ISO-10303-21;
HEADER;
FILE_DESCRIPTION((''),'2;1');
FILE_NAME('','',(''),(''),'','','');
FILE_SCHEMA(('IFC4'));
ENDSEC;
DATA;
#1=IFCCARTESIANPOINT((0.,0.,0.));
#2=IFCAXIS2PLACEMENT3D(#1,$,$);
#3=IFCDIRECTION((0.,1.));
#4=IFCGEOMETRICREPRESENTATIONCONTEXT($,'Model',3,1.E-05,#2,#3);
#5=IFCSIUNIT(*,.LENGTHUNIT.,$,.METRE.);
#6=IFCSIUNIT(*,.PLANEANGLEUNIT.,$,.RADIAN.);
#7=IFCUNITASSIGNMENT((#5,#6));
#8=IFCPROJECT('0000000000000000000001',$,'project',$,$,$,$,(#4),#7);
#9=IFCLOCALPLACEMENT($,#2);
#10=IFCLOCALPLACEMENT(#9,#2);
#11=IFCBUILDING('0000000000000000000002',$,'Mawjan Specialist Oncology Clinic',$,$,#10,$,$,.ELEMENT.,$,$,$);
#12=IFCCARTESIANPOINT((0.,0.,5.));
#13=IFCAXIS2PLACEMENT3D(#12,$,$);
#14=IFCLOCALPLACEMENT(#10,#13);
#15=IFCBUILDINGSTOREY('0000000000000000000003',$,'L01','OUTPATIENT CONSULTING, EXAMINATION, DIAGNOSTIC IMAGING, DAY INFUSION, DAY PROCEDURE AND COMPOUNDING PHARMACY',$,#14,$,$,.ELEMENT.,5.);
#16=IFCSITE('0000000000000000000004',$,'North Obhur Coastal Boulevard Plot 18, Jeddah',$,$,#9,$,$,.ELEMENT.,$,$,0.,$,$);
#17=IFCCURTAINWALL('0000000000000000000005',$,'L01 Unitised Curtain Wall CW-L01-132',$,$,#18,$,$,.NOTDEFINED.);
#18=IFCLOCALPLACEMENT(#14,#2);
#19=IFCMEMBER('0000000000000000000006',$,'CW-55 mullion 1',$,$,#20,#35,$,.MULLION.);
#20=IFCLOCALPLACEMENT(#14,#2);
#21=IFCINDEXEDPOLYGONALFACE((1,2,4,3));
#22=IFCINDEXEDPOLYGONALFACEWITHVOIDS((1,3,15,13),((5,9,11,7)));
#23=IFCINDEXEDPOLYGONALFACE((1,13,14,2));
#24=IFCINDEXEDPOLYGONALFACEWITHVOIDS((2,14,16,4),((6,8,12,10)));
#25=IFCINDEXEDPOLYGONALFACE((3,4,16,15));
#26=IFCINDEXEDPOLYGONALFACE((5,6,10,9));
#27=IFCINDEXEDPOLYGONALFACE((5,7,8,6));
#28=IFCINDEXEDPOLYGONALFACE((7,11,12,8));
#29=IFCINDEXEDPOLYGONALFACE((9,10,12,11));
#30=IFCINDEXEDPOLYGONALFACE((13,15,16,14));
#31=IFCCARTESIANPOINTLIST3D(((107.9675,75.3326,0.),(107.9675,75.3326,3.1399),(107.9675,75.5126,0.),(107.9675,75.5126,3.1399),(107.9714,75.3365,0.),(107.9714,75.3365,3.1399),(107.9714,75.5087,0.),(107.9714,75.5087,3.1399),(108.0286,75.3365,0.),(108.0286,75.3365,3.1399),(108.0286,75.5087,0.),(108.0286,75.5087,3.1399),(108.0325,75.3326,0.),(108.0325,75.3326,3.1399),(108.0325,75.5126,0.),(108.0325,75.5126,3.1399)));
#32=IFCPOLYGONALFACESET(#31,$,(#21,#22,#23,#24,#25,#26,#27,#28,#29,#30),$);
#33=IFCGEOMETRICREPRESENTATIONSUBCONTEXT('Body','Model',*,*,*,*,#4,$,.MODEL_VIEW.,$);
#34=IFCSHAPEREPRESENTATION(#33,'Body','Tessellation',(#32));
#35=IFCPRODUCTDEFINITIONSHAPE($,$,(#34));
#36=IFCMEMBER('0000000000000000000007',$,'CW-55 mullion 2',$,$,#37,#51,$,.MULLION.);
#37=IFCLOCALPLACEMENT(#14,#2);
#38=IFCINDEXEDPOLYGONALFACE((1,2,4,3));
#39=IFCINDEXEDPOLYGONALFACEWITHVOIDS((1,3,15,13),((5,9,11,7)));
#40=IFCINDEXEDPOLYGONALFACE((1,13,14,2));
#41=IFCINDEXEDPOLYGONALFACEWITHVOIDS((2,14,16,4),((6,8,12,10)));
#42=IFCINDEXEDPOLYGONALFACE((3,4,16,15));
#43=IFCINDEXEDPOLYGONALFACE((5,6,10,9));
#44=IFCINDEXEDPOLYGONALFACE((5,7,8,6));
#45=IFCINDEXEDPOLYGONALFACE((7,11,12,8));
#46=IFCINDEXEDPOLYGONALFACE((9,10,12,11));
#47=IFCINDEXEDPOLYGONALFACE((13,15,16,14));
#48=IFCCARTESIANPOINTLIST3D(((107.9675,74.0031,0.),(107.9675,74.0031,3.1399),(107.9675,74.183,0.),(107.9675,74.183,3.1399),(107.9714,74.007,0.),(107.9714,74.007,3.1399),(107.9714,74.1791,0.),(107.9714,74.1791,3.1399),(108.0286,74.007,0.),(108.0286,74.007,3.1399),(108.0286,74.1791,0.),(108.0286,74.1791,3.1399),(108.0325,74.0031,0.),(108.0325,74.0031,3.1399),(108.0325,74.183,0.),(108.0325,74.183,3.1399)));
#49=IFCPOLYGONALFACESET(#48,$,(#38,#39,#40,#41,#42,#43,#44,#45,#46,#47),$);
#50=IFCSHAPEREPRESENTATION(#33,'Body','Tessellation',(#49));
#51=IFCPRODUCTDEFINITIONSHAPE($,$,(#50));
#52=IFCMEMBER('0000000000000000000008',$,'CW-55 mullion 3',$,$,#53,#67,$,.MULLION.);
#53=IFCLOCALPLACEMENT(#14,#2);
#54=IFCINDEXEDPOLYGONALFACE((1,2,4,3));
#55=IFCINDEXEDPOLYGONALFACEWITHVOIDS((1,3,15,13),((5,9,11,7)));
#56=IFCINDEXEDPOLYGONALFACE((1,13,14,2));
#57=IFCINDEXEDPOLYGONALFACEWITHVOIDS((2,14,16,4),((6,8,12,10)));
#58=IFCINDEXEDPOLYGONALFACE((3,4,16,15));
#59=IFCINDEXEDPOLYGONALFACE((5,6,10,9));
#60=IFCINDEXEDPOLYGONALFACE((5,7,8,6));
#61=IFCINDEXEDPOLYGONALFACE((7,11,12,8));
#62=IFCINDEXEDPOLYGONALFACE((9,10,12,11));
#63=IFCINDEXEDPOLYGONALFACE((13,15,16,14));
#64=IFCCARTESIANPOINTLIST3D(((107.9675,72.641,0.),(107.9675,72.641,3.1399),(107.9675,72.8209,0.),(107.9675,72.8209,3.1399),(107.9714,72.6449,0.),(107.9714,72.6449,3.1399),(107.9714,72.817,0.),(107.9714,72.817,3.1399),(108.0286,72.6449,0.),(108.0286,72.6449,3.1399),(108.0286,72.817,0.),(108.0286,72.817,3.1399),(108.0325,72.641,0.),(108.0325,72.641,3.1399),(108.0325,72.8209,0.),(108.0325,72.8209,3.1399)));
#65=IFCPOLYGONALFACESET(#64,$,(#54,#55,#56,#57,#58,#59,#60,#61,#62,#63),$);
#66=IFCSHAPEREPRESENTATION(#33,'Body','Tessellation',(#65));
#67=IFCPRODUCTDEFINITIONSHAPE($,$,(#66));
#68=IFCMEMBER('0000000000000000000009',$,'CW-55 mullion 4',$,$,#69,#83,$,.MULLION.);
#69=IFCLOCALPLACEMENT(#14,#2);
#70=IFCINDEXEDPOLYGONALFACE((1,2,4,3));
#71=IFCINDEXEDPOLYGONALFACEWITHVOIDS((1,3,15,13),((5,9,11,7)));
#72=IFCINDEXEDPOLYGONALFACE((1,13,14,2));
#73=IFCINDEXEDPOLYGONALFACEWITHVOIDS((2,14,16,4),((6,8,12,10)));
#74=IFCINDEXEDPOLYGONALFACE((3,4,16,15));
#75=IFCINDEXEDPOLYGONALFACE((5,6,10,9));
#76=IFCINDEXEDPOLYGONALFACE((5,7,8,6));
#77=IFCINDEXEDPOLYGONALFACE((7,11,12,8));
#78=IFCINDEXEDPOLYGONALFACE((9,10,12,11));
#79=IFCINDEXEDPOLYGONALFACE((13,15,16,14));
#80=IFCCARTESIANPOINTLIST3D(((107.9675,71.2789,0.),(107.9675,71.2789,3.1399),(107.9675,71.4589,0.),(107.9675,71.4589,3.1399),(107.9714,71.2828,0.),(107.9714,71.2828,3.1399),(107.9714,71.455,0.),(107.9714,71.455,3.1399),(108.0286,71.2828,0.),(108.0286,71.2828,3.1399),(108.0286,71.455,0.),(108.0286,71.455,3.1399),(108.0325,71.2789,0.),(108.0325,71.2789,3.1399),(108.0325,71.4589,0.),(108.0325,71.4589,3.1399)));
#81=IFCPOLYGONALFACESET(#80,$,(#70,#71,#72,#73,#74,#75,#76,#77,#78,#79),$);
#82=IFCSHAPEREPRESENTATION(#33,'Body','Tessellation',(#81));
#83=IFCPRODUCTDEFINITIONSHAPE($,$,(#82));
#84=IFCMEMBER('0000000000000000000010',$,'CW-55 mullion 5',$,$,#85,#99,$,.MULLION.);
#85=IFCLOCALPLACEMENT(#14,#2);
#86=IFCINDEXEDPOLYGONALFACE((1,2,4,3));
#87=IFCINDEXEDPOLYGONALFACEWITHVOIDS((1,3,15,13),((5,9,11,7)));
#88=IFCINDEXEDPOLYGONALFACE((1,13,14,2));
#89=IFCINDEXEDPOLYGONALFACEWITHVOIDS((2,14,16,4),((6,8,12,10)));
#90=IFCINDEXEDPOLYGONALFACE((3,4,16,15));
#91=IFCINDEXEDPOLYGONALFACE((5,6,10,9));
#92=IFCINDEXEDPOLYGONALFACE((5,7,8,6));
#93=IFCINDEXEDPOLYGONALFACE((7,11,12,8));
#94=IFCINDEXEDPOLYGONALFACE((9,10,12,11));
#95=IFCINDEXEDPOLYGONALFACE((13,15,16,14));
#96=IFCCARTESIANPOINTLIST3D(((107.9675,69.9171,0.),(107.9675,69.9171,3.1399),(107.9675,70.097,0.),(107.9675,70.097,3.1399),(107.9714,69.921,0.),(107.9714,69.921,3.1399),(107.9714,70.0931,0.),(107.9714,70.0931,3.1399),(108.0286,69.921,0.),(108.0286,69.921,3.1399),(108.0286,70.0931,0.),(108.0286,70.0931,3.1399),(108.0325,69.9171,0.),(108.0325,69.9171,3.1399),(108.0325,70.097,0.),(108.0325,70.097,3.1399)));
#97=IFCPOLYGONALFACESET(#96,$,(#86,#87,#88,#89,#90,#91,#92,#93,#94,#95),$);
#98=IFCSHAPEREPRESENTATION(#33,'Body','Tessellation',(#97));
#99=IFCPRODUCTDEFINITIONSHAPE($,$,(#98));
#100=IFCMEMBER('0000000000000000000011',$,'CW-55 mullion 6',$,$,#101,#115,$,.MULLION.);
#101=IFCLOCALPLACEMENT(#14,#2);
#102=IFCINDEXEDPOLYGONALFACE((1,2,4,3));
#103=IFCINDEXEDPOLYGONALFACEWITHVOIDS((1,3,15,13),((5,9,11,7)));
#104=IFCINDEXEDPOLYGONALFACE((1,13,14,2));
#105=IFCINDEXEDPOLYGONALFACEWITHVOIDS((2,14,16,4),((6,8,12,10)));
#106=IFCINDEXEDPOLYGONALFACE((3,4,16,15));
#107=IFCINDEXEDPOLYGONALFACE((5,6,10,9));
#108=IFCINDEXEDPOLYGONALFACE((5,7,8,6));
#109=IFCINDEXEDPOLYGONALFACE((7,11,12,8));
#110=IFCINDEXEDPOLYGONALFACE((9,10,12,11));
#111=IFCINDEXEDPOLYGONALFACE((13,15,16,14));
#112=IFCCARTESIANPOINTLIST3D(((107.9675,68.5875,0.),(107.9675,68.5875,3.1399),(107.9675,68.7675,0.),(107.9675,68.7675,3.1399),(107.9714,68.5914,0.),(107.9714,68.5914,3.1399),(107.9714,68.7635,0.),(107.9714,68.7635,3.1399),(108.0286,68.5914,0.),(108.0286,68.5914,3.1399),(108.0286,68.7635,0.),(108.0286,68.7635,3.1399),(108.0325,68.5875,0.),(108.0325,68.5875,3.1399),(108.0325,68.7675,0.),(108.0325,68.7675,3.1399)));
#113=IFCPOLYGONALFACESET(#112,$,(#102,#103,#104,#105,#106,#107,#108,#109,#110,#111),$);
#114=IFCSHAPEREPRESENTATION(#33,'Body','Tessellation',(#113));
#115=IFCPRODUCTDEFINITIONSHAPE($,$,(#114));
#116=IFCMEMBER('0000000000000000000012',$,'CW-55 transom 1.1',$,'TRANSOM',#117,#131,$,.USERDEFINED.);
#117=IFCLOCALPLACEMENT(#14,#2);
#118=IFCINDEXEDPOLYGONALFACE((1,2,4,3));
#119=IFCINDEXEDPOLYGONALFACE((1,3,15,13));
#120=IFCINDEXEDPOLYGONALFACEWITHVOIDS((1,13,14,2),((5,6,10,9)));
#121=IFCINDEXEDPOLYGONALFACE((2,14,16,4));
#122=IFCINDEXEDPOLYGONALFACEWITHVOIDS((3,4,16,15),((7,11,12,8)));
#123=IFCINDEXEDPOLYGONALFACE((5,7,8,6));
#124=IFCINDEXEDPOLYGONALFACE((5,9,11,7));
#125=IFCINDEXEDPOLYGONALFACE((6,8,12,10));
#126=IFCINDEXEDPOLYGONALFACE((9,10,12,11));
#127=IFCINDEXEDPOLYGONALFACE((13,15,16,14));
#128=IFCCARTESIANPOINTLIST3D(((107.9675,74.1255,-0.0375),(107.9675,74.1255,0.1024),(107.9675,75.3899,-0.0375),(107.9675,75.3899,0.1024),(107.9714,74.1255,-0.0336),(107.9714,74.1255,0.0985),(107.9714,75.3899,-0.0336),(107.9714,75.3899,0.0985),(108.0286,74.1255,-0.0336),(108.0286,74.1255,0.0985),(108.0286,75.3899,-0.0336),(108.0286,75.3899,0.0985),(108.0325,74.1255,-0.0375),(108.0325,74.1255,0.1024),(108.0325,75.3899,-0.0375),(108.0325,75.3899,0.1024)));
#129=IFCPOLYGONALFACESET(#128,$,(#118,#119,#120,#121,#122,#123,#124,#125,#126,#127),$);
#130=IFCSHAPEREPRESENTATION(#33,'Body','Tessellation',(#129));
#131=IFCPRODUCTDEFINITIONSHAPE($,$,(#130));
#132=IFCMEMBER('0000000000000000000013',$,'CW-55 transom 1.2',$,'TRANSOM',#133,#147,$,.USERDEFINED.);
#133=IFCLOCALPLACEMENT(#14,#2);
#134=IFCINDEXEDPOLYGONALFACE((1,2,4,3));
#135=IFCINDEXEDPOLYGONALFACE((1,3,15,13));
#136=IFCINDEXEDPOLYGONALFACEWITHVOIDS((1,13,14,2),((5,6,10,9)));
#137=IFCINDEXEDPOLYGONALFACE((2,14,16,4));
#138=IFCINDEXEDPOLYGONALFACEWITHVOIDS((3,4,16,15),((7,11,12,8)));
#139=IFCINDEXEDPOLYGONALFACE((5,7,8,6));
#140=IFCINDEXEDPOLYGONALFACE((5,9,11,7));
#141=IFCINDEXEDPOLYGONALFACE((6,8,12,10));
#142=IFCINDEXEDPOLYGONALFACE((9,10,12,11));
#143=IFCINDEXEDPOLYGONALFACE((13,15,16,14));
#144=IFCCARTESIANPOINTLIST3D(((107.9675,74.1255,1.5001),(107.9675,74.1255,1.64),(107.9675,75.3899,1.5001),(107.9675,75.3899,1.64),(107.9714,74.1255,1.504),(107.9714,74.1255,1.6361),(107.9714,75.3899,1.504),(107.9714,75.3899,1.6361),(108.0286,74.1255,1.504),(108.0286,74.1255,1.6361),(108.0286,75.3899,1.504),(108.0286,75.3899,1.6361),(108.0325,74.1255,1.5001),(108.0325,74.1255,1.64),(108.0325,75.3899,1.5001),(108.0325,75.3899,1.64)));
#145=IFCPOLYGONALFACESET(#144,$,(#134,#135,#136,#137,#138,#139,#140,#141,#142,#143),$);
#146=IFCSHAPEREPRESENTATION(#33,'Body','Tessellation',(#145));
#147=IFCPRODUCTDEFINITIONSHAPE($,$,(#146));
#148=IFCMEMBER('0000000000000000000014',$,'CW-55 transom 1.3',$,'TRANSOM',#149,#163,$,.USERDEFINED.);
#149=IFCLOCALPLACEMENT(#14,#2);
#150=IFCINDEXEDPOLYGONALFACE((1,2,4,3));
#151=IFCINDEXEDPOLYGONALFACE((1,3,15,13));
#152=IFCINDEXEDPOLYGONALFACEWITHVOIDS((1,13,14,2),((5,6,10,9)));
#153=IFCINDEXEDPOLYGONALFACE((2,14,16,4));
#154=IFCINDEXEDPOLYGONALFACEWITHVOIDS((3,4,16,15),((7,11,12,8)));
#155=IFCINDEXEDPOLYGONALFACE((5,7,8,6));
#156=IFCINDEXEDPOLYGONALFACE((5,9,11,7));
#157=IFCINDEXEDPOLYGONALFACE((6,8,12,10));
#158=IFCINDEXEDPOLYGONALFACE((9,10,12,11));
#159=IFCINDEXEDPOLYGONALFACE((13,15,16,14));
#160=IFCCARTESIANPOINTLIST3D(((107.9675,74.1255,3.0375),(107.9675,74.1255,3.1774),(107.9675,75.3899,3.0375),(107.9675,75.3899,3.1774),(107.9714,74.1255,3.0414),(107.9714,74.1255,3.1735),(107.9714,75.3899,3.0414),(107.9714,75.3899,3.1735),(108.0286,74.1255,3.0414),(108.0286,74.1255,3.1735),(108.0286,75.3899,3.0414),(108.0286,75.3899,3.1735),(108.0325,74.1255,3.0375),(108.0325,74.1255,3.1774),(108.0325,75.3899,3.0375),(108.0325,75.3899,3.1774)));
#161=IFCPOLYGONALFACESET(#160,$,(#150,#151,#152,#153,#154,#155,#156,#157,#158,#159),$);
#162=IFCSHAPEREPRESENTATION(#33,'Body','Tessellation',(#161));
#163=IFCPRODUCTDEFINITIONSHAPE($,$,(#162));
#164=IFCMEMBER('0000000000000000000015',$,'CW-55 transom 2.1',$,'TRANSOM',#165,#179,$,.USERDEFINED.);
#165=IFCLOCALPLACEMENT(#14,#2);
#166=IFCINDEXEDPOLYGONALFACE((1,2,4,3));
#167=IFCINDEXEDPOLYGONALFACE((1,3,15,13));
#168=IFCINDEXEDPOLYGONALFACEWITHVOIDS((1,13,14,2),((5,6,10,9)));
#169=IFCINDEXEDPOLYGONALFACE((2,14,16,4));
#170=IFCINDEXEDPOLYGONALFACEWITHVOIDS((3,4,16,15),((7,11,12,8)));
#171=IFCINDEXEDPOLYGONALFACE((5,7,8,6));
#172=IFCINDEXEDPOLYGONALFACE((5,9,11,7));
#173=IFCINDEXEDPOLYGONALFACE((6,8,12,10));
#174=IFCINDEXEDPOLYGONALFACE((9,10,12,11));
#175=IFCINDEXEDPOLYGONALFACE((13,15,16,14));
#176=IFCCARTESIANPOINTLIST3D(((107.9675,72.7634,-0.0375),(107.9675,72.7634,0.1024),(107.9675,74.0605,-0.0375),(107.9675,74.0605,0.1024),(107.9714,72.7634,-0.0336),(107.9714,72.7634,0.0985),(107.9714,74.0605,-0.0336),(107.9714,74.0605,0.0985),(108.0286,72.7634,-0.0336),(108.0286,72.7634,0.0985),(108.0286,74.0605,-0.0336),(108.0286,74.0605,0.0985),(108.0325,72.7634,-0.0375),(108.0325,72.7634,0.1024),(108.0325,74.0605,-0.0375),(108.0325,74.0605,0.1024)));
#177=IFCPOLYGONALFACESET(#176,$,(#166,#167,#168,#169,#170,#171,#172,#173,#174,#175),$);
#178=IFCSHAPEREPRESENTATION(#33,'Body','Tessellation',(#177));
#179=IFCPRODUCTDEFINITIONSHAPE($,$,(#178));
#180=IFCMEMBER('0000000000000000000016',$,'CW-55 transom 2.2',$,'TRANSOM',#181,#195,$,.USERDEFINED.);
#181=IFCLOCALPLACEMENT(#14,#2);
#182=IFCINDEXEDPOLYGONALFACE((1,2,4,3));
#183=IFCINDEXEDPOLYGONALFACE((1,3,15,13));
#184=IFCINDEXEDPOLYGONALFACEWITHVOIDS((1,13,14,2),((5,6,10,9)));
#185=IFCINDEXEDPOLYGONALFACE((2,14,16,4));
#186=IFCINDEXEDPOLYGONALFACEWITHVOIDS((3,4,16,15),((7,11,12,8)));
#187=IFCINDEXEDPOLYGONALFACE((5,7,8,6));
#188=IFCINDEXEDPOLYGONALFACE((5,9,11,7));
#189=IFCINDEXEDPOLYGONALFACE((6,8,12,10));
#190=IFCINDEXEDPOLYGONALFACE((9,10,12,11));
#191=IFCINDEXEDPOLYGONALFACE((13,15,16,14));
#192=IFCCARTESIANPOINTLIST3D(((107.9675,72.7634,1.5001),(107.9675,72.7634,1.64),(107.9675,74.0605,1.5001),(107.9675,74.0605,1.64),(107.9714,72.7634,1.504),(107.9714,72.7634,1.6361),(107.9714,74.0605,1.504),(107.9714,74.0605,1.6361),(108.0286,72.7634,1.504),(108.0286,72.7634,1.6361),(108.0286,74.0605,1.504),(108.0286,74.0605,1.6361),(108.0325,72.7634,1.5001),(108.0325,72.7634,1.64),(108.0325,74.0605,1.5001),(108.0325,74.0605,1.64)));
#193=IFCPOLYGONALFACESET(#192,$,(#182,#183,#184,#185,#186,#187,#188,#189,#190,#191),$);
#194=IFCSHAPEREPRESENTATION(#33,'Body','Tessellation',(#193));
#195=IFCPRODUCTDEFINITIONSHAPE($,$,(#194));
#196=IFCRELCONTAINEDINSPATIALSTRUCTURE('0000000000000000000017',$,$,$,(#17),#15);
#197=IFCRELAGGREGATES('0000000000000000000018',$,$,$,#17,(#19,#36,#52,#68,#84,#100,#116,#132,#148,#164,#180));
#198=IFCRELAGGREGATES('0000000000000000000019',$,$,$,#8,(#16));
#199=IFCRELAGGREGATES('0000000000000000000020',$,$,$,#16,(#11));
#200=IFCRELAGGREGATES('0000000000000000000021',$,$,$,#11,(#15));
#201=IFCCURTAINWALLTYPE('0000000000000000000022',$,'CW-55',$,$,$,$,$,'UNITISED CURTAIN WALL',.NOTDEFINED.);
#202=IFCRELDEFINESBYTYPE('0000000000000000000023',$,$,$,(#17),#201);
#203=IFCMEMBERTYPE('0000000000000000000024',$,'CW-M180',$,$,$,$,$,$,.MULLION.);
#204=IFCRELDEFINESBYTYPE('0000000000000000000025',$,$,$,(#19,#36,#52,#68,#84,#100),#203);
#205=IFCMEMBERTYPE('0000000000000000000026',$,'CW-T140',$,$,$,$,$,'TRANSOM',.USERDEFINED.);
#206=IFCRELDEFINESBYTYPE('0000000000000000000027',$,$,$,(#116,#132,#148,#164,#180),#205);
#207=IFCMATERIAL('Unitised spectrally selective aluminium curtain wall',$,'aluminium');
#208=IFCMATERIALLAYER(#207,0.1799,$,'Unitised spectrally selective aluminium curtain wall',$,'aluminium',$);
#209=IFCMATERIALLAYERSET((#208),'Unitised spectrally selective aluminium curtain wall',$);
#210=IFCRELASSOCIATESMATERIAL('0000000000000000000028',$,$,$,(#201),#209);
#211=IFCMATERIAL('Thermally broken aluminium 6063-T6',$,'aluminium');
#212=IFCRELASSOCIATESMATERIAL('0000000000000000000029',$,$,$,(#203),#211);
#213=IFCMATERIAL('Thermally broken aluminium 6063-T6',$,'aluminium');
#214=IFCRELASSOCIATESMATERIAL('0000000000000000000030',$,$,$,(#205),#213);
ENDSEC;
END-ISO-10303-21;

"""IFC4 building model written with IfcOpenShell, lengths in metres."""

from ifc_helpers import new_model, si_unit, direction, frame, origin, origin_2d, place, context, subcontext, project, spatial, hollow_rectangle, extrude, material, layer, layer_set, material_profile, profile_set, type_object, element, aggregate, save


model = new_model("IFC4")

# Units and contexts
model_context = context("Model", 3, precision=1e-05, world=origin(), true_north=direction((0.0, 1.0)))
body_context = subcontext(model_context, "Body", "Model", "MODEL_VIEW")
ifc_project = project(units=[si_unit("LENGTHUNIT", "METRE"), si_unit("PLANEANGLEUNIT", "RADIAN")], contexts=[model_context])

# Site, building, storey
site_placement = place(None, origin())
site = spatial("IfcSite", under=ifc_project, at=site_placement, Name="North Obhur Coastal Boulevard Plot 18, Jeddah", CompositionType="ELEMENT", RefElevation=0.0)
building_placement = place(site_placement, origin())
building = spatial("IfcBuilding", under=site, at=building_placement, Name="Mawjan Specialist Oncology Clinic", CompositionType="ELEMENT")
storey_placement = place(building_placement, frame((0.0, 0.0, 5.0)))
storey = spatial("IfcBuildingStorey", under=building, at=storey_placement, Name="L01", Description="OUTPATIENT CONSULTING, EXAMINATION, DIAGNOSTIC IMAGING, DAY INFUSION, DAY PROCEDURE AND COMPOUNDING PHARMACY", CompositionType="ELEMENT", Elevation=5.0)

# Curtain wall, members
ifc_material_1 = material(Name="Unitised spectrally selective aluminium curtain wall", Category="aluminium")
ifc_layer_1 = layer(ifc_material_1, 0.1799, Name="Unitised spectrally selective aluminium curtain wall", Category="aluminium")
ifc_layer_set_1 = layer_set([ifc_layer_1], Name="Unitised spectrally selective aluminium curtain wall")
curtain_wall_type = type_object("IfcCurtainWallType", Name="CW-55", ElementType="UNITISED CURTAIN WALL", PredefinedType="NOTDEFINED", material=ifc_layer_set_1)
curtain_wall_placement = place(storey_placement, origin())
curtain_wall = element("IfcCurtainWall", 1, at=curtain_wall_placement, inside=storey, type_object=curtain_wall_type, Name="L01 Unitised Curtain Wall CW-L01-132", PredefinedType="NOTDEFINED")
ifc_material_2 = material(Name="Thermally broken aluminium 6063-T6", Category="aluminium")
ifc_material_profile_1 = material_profile(ifc_material_2, hollow_rectangle(XDim=0.0649, YDim=0.1799, WallThickness=0.0039, at=origin_2d()), Name="ALU MULLION 180x65x4", Category="aluminium")
ifc_profile_set_1 = profile_set([ifc_material_profile_1], Name="Thermally broken aluminium 6063-T6")
member_type_1 = type_object("IfcMemberType", Name="CW-M180", PredefinedType="MULLION", material=ifc_profile_set_1)
member_1_placement = place(storey_placement, frame((108.0, 75.4226, 0.0), z_axis=(0.0, 0.0, 1.0), x_axis=(1.0, 0.0, 0.0)))
member_1 = element("IfcMember", 2, at=member_1_placement, type_object=member_type_1, Name="CW-55 mullion 1", PredefinedType="MULLION", context=body_context, shape_type="SweptSolid", body=[
    extrude(hollow_rectangle(XDim=0.0649, YDim=0.1799, WallThickness=0.0039, at=origin_2d()), origin(), (0.0, 0.0, 1.0), 3.1399),
])
member_2_placement = place(storey_placement, frame((108.0, 74.093, 0.0), z_axis=(0.0, 0.0, 1.0), x_axis=(1.0, 0.0, 0.0)))
member_2 = element("IfcMember", 3, at=member_2_placement, type_object=member_type_1, Name="CW-55 mullion 2", PredefinedType="MULLION", context=body_context, shape_type="SweptSolid", body=[
    extrude(hollow_rectangle(XDim=0.0649, YDim=0.1799, WallThickness=0.0039, at=origin_2d()), origin(), (0.0, 0.0, 1.0), 3.1399),
])
member_3_placement = place(storey_placement, frame((108.0, 72.731, 0.0), z_axis=(0.0, 0.0, 1.0), x_axis=(1.0, 0.0, 0.0)))
member_3 = element("IfcMember", 4, at=member_3_placement, type_object=member_type_1, Name="CW-55 mullion 3", PredefinedType="MULLION", context=body_context, shape_type="SweptSolid", body=[
    extrude(hollow_rectangle(XDim=0.0649, YDim=0.1799, WallThickness=0.0039, at=origin_2d()), origin(), (0.0, 0.0, 1.0), 3.1399),
])
member_4_placement = place(storey_placement, frame((108.0, 71.3689, 0.0), z_axis=(0.0, 0.0, 1.0), x_axis=(1.0, 0.0, 0.0)))
member_4 = element("IfcMember", 5, at=member_4_placement, type_object=member_type_1, Name="CW-55 mullion 4", PredefinedType="MULLION", context=body_context, shape_type="SweptSolid", body=[
    extrude(hollow_rectangle(XDim=0.0649, YDim=0.1799, WallThickness=0.0039, at=origin_2d()), origin(), (0.0, 0.0, 1.0), 3.1399),
])
member_5_placement = place(storey_placement, frame((108.0, 70.0071, 0.0), z_axis=(0.0, 0.0, 1.0), x_axis=(1.0, 0.0, 0.0)))
member_5 = element("IfcMember", 6, at=member_5_placement, type_object=member_type_1, Name="CW-55 mullion 5", PredefinedType="MULLION", context=body_context, shape_type="SweptSolid", body=[
    extrude(hollow_rectangle(XDim=0.0649, YDim=0.1799, WallThickness=0.0039, at=origin_2d()), origin(), (0.0, 0.0, 1.0), 3.1399),
])
member_6_placement = place(storey_placement, frame((108.0, 68.6775, 0.0), z_axis=(0.0, 0.0, 1.0), x_axis=(1.0, 0.0, 0.0)))
member_6 = element("IfcMember", 7, at=member_6_placement, type_object=member_type_1, Name="CW-55 mullion 6", PredefinedType="MULLION", context=body_context, shape_type="SweptSolid", body=[
    extrude(hollow_rectangle(XDim=0.0649, YDim=0.1799, WallThickness=0.0039, at=origin_2d()), origin(), (0.0, 0.0, 1.0), 3.1399),
])
ifc_material_3 = material(Name="Thermally broken aluminium 6063-T6", Category="aluminium")
ifc_material_profile_2 = material_profile(ifc_material_3, hollow_rectangle(XDim=0.0649, YDim=0.1399, WallThickness=0.0039, at=origin_2d()), Name="ALU TRANSOM 140x65x4", Category="aluminium")
ifc_profile_set_2 = profile_set([ifc_material_profile_2], Name="Thermally broken aluminium 6063-T6")
member_type_2 = type_object("IfcMemberType", Name="CW-T140", ElementType="TRANSOM", PredefinedType="USERDEFINED", material=ifc_profile_set_2)
member_7_placement = place(storey_placement, frame((108.0, 75.3899, 0.0325), z_axis=(0.0, -1.0, 0.0), x_axis=(1.0, 0.0, 0.0)))
member_7 = element("IfcMember", 8, at=member_7_placement, type_object=member_type_2, Name="CW-55 transom 1.1", ObjectType="TRANSOM", PredefinedType="USERDEFINED", context=body_context, shape_type="SweptSolid", body=[
    extrude(hollow_rectangle(XDim=0.0649, YDim=0.1399, WallThickness=0.0039, at=origin_2d()), origin(), (0.0, 0.0, 1.0), 1.2644),
])
member_8_placement = place(storey_placement, frame((108.0, 75.3899, 1.5701), z_axis=(0.0, -1.0, 0.0), x_axis=(1.0, 0.0, 0.0)))
member_8 = element("IfcMember", 9, at=member_8_placement, type_object=member_type_2, Name="CW-55 transom 1.2", ObjectType="TRANSOM", PredefinedType="USERDEFINED", context=body_context, shape_type="SweptSolid", body=[
    extrude(hollow_rectangle(XDim=0.0649, YDim=0.1399, WallThickness=0.0039, at=origin_2d()), origin(), (0.0, 0.0, 1.0), 1.2644),
])
member_9_placement = place(storey_placement, frame((108.0, 75.3899, 3.1074), z_axis=(0.0, -1.0, 0.0), x_axis=(1.0, 0.0, 0.0)))
member_9 = element("IfcMember", 10, at=member_9_placement, type_object=member_type_2, Name="CW-55 transom 1.3", ObjectType="TRANSOM", PredefinedType="USERDEFINED", context=body_context, shape_type="SweptSolid", body=[
    extrude(hollow_rectangle(XDim=0.0649, YDim=0.1399, WallThickness=0.0039, at=origin_2d()), origin(), (0.0, 0.0, 1.0), 1.2644),
])
member_10_placement = place(storey_placement, frame((108.0, 74.0605, 0.0325), z_axis=(0.0, -1.0, 0.0), x_axis=(1.0, 0.0, 0.0)))
member_10 = element("IfcMember", 11, at=member_10_placement, type_object=member_type_2, Name="CW-55 transom 2.1", ObjectType="TRANSOM", PredefinedType="USERDEFINED", context=body_context, shape_type="SweptSolid", body=[
    extrude(hollow_rectangle(XDim=0.0649, YDim=0.1399, WallThickness=0.0039, at=origin_2d()), origin(), (0.0, 0.0, 1.0), 1.2971),
])
member_11_placement = place(storey_placement, frame((108.0, 74.0605, 1.5701), z_axis=(0.0, -1.0, 0.0), x_axis=(1.0, 0.0, 0.0)))
member_11 = element("IfcMember", 12, at=member_11_placement, type_object=member_type_2, Name="CW-55 transom 2.2", ObjectType="TRANSOM", PredefinedType="USERDEFINED", context=body_context, shape_type="SweptSolid", body=[
    extrude(hollow_rectangle(XDim=0.0649, YDim=0.1399, WallThickness=0.0039, at=origin_2d()), origin(), (0.0, 0.0, 1.0), 1.2971),
])
aggregate(curtain_wall, [member_1, member_2, member_3, member_4, member_5, member_6, member_7, member_8, member_9, member_10, member_11])

save(model, "model.ifc")
